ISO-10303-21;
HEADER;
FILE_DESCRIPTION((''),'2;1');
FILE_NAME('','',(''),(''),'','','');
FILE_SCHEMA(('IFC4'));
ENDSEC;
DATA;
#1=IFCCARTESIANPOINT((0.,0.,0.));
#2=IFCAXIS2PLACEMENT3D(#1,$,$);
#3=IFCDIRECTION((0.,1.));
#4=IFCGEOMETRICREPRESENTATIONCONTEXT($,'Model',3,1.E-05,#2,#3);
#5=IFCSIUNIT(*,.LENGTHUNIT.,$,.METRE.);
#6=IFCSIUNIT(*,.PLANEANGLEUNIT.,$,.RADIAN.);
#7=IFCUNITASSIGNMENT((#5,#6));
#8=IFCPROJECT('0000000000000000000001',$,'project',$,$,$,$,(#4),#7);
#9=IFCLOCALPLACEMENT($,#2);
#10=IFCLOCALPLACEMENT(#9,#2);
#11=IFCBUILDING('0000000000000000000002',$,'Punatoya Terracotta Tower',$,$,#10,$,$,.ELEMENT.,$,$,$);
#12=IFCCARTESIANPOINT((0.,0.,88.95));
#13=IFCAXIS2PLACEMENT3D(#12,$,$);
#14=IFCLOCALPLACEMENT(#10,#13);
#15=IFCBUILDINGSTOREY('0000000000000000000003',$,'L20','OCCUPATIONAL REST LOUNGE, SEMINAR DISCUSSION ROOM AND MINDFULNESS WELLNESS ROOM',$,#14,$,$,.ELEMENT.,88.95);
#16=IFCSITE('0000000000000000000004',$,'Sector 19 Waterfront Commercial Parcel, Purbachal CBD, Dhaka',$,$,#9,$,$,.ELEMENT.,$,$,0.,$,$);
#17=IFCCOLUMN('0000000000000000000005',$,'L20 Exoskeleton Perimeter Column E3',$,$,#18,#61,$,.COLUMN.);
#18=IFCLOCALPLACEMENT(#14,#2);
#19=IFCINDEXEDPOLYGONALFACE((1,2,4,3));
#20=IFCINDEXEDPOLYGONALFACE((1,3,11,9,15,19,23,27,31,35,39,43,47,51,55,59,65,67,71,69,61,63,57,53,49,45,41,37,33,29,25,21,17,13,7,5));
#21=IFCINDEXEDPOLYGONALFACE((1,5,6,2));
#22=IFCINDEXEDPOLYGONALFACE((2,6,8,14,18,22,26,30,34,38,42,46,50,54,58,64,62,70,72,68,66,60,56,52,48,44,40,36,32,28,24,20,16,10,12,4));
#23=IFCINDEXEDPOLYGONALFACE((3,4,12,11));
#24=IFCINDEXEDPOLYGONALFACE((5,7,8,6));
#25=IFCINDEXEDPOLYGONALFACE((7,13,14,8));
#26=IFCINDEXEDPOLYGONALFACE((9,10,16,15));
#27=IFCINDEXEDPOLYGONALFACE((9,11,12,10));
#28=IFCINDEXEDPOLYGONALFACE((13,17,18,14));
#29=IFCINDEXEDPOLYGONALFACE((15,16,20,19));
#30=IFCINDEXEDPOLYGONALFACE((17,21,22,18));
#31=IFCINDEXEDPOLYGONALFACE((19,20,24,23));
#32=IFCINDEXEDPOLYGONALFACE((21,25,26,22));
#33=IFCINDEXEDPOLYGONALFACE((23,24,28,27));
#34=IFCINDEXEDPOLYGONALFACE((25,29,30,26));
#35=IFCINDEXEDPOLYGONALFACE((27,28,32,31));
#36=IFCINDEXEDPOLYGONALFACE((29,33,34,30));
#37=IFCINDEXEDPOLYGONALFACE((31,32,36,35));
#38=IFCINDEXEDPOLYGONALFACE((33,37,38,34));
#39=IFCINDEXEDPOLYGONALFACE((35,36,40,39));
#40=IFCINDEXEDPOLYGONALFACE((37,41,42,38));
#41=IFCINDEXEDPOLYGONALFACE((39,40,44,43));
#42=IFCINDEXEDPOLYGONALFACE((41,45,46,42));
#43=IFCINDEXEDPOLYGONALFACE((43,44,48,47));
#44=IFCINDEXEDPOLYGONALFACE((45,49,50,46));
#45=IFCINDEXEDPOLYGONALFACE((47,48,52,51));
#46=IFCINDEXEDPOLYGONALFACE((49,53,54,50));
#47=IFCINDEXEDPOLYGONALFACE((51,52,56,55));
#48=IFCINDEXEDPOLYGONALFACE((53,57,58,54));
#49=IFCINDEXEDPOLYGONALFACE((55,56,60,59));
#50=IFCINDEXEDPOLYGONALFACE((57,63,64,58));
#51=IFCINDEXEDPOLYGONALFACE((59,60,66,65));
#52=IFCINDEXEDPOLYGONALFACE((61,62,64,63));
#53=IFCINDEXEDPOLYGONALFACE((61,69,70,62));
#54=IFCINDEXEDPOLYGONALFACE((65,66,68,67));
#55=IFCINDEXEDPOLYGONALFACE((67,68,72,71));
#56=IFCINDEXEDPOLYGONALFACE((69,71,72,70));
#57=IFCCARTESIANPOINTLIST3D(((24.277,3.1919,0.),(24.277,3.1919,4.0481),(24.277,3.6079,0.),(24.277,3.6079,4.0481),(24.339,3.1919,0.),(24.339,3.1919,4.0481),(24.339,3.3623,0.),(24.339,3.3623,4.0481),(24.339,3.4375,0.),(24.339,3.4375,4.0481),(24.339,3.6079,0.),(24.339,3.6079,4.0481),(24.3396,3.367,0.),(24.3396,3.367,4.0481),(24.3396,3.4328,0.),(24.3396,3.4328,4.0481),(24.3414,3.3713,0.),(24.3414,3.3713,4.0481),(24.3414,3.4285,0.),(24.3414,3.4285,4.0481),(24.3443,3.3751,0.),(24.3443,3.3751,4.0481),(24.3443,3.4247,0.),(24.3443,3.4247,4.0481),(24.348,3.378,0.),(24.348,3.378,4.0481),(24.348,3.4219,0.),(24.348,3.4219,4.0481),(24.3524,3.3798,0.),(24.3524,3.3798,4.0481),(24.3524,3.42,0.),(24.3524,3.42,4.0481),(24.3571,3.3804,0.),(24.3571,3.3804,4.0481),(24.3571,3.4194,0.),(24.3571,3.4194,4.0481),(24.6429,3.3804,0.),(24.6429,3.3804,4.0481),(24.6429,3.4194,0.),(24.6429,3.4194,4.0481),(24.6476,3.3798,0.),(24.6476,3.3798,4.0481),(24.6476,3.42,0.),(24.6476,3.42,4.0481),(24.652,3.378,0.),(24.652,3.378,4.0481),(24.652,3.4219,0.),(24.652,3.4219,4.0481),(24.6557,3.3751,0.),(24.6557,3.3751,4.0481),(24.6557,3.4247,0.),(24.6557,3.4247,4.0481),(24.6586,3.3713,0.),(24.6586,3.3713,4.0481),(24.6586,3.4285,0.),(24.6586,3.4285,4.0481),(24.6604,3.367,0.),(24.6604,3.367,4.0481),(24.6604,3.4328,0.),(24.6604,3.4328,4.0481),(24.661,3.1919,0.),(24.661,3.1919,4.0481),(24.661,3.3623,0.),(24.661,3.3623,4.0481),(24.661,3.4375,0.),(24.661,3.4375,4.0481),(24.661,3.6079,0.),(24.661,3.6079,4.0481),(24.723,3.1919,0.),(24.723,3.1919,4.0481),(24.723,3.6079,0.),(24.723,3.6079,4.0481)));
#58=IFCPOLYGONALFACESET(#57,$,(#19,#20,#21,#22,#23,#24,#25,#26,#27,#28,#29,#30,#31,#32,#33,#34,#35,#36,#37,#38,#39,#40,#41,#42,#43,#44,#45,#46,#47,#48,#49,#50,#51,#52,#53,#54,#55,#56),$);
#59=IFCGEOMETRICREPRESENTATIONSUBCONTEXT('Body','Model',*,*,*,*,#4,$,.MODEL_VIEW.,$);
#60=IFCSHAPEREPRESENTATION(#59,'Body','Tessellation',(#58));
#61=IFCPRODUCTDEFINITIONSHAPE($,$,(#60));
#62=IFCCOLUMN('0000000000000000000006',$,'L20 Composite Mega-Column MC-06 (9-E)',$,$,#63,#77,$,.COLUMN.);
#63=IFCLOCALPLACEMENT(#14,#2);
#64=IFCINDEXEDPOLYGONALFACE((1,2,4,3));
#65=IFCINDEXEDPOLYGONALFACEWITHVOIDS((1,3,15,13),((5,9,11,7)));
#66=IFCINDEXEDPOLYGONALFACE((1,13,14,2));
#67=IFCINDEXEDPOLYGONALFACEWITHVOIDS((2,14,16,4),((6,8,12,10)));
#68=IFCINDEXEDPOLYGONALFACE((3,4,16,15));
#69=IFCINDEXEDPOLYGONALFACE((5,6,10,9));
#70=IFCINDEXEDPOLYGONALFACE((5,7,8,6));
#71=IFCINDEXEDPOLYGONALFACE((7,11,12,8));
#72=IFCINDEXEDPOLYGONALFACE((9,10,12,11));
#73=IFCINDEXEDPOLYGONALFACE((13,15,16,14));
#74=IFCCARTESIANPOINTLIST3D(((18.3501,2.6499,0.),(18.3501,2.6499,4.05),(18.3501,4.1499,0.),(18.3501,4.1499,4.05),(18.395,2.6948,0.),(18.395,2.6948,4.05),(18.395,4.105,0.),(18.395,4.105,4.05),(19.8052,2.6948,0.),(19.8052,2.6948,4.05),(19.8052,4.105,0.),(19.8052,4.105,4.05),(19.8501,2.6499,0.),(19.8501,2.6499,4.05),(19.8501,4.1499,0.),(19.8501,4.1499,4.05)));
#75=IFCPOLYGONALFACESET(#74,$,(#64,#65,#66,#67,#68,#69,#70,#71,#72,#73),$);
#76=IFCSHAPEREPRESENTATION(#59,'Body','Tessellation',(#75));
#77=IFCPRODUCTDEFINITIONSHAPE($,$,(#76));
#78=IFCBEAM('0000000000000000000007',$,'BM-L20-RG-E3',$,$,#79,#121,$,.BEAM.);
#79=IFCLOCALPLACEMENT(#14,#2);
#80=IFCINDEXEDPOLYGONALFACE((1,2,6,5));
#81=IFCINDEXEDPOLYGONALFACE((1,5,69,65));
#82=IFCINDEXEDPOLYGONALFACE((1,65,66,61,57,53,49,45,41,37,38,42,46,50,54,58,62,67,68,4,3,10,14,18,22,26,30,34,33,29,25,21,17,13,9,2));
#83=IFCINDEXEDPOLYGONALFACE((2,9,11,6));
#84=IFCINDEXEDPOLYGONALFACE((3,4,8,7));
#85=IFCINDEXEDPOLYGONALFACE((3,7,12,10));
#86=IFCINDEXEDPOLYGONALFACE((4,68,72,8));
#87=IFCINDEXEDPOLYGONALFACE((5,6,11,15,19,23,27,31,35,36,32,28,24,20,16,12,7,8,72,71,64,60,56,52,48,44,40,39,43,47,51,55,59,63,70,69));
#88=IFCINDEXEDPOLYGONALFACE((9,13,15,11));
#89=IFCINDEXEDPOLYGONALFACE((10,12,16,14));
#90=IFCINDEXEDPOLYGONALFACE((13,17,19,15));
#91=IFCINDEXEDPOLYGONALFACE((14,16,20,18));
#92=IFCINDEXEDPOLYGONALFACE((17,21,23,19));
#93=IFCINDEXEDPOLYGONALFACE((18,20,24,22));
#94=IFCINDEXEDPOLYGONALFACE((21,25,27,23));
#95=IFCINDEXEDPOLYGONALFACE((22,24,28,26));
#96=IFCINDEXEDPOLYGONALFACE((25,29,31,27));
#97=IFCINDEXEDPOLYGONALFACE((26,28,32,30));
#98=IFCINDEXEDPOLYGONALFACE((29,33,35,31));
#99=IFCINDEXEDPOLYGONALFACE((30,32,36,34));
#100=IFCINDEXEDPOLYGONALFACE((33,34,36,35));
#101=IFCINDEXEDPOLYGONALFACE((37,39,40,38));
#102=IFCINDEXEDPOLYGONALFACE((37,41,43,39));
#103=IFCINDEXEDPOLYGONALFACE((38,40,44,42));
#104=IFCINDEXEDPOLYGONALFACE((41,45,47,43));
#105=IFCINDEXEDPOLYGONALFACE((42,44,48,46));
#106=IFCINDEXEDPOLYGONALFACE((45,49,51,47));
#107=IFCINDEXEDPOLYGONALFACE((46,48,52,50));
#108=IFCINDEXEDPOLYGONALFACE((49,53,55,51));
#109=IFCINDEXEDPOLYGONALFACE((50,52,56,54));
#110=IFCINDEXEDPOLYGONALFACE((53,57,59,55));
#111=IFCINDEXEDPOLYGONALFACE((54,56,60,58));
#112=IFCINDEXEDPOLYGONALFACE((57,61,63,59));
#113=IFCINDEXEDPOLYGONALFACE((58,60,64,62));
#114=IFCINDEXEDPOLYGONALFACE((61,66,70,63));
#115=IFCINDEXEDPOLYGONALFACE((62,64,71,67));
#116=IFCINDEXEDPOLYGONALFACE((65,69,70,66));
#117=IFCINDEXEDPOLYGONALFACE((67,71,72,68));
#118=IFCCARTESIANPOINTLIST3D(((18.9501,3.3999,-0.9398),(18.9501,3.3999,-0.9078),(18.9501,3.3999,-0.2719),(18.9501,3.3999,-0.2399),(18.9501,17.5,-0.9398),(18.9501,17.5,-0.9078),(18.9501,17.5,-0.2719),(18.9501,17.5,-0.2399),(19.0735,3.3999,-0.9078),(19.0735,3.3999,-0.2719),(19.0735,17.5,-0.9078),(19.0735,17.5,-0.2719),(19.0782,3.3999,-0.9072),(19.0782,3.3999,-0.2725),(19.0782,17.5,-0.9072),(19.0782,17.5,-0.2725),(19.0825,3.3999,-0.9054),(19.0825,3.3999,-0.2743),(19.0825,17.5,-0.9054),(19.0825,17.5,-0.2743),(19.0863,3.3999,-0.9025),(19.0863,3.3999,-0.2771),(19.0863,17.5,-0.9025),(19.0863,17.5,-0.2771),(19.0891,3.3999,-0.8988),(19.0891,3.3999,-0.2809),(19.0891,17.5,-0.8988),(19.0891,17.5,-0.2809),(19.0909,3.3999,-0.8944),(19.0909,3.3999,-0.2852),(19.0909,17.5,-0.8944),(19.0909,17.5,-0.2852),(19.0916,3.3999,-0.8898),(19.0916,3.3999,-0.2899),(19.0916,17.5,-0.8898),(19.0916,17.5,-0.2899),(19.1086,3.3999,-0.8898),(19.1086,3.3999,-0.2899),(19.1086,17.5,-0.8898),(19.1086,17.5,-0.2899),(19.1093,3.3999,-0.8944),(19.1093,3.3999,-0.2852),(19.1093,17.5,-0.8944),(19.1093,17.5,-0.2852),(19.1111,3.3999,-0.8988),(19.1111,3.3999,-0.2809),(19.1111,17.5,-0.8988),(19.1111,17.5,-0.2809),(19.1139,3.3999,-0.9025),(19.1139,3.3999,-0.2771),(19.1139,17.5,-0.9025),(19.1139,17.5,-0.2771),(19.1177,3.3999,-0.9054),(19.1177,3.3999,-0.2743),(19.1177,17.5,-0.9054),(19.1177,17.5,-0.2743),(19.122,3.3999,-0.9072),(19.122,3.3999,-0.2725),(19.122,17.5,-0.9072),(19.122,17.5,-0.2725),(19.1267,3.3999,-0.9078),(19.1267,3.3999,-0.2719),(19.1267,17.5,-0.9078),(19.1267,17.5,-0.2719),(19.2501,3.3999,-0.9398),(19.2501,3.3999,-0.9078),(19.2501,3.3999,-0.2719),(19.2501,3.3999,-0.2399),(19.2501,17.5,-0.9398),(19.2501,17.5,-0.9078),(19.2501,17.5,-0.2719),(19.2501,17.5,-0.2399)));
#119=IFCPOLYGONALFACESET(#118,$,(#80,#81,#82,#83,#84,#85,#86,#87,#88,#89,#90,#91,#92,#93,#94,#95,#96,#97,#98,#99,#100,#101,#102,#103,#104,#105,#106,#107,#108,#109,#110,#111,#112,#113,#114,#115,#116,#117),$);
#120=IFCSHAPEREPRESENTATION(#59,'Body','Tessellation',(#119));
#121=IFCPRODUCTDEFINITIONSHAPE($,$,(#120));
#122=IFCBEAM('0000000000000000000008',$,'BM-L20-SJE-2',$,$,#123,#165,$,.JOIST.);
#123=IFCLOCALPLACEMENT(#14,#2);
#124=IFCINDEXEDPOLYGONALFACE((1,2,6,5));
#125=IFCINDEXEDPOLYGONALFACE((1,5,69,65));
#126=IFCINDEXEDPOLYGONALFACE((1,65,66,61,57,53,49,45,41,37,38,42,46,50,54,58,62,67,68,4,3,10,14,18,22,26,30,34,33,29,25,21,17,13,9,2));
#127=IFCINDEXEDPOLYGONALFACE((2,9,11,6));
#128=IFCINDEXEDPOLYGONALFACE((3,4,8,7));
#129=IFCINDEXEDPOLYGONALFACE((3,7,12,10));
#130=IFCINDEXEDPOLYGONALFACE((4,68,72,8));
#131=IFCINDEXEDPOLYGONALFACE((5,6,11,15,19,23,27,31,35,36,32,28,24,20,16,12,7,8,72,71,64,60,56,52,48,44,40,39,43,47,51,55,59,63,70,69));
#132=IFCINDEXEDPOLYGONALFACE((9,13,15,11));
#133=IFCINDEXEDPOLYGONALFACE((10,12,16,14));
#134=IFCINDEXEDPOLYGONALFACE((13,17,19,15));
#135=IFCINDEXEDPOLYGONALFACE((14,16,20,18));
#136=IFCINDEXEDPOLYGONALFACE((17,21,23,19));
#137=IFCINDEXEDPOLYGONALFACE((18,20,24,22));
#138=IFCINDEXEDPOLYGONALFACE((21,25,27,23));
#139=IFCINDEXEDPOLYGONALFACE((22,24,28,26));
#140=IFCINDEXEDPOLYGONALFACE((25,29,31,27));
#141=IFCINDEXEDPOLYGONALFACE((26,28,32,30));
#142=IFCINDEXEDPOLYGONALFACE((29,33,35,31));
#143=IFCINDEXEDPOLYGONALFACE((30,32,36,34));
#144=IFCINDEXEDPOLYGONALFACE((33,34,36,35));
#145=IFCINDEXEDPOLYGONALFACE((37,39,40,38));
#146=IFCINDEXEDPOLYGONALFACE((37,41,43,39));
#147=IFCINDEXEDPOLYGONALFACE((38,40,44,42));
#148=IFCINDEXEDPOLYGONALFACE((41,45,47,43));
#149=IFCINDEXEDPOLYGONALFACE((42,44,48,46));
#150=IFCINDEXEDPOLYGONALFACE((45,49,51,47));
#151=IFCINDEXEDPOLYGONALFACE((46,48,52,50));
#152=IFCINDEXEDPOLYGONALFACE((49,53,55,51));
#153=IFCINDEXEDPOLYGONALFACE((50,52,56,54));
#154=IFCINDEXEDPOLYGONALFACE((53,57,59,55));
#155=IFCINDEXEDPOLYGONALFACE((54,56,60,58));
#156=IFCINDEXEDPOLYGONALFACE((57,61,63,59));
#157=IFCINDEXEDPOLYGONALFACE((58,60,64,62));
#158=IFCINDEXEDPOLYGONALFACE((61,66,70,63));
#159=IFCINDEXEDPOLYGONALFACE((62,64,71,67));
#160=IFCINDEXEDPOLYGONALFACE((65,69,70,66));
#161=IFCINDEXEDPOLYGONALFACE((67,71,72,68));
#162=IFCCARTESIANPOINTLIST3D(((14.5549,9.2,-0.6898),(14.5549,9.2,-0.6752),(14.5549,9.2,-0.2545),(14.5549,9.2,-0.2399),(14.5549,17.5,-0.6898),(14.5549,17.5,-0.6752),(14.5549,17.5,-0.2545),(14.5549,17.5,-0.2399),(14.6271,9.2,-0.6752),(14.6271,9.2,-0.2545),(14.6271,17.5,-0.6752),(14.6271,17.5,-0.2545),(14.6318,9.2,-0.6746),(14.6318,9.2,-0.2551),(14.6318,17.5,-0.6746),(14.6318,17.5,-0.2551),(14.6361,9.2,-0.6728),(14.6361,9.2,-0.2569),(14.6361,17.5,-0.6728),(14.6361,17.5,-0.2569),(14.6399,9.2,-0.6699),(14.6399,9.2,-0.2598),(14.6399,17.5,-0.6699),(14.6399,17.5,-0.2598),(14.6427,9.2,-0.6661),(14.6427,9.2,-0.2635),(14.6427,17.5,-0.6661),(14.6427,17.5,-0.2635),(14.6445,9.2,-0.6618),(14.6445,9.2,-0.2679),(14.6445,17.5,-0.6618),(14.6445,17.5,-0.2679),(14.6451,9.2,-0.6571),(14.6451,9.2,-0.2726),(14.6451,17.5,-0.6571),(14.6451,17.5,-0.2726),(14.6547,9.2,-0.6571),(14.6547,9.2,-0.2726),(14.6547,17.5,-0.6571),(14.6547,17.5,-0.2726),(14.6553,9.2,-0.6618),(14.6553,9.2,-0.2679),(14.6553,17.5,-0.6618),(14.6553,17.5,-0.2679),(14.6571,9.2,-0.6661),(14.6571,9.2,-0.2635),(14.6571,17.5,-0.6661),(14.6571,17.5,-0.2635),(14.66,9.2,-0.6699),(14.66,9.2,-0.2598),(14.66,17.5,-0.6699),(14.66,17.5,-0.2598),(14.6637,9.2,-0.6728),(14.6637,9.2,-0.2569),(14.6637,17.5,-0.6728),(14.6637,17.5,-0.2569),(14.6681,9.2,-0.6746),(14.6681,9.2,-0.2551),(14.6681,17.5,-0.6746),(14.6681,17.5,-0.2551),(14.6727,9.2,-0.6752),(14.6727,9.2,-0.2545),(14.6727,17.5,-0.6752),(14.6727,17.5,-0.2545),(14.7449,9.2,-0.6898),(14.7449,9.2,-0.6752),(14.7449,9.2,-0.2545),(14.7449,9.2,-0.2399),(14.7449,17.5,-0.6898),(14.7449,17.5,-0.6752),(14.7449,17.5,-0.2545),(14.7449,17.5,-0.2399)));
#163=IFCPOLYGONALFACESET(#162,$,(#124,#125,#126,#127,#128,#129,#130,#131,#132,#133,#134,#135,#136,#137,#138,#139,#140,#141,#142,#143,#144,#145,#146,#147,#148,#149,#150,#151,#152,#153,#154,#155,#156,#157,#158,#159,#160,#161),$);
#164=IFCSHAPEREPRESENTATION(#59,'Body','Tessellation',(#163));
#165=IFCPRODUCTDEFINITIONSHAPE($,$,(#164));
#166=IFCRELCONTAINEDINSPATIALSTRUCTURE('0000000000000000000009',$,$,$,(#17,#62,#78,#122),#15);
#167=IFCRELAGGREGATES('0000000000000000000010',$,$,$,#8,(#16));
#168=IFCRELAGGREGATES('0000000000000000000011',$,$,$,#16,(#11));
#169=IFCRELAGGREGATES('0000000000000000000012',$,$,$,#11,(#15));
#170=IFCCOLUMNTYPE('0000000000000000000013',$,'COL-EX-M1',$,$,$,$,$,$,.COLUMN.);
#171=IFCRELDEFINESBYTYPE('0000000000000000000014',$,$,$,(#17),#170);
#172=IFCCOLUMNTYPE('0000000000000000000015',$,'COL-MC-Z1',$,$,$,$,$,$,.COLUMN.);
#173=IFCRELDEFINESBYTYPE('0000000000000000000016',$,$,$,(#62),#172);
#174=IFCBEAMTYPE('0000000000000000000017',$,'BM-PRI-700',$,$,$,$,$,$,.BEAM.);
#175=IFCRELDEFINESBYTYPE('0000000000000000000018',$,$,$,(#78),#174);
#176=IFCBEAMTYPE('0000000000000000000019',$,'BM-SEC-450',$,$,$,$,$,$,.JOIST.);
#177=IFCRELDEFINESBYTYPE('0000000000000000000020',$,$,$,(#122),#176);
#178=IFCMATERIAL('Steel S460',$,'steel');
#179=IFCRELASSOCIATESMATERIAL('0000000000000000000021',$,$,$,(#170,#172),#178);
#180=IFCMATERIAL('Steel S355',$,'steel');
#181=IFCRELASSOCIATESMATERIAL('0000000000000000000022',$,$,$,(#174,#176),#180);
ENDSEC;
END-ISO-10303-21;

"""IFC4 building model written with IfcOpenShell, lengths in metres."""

from ifc_helpers import new_model, si_unit, direction, frame, origin, origin_2d, place, context, subcontext, project, spatial, hollow_rectangle, i_section, extrude, material, material_profile, profile_set, type_object, element, save


model = new_model("IFC4")

# Units and contexts
model_context = context("Model", 3, precision=1e-05, world=origin(), true_north=direction((0.0, 1.0)))
body_context = subcontext(model_context, "Body", "Model", "MODEL_VIEW")
ifc_project = project(units=[si_unit("LENGTHUNIT", "METRE"), si_unit("PLANEANGLEUNIT", "RADIAN")], contexts=[model_context])

# Site, building, storey
site_placement = place(None, origin())
site = spatial("IfcSite", under=ifc_project, at=site_placement, Name="Sector 19 Waterfront Commercial Parcel, Purbachal CBD, Dhaka", CompositionType="ELEMENT", RefElevation=0.0)
building_placement = place(site_placement, origin())
building = spatial("IfcBuilding", under=site, at=building_placement, Name="Punatoya Terracotta Tower", CompositionType="ELEMENT")
storey_placement = place(building_placement, frame((0.0, 0.0, 88.95)))
storey = spatial("IfcBuildingStorey", under=building, at=storey_placement, Name="L20", Description="OCCUPATIONAL REST LOUNGE, SEMINAR DISCUSSION ROOM AND MINDFULNESS WELLNESS ROOM", CompositionType="ELEMENT", Elevation=88.95)

# Columns
ifc_material_1 = material(Name="Steel S460", Category="steel")
ifc_material_profile_1 = material_profile(ifc_material_1, i_section(OverallWidth=0.416, OverallDepth=0.446, WebThickness=0.0391, FlangeThickness=0.062, FilletRadius=0.0181, at=origin_2d()))
ifc_profile_set_1 = profile_set([ifc_material_profile_1], Name="Steel S460")
column_type_1 = type_object("IfcColumnType", Name="COL-EX-M1", PredefinedType="COLUMN", material=ifc_profile_set_1)
column_1_placement = place(storey_placement, frame((24.5, 3.3999, 0.0), z_axis=(0.0, 0.0, 1.0), x_axis=(0.0, 1.0, 0.0)))
element("IfcColumn", 1, at=column_1_placement, inside=storey, type_object=column_type_1, Name="L20 Exoskeleton Perimeter Column E3", PredefinedType="COLUMN", context=body_context, shape_type="SweptSolid", body=[
    extrude(i_section(OverallWidth=0.416, OverallDepth=0.446, WebThickness=0.0391, FlangeThickness=0.062, FilletRadius=0.0181, at=origin_2d()), origin(), (0.0, 0.0, 1.0), 4.0481),
])
ifc_material_profile_2 = material_profile(ifc_material_1, hollow_rectangle(XDim=1.5, YDim=1.5, WallThickness=0.0449, at=origin_2d()))
ifc_profile_set_2 = profile_set([ifc_material_profile_2], Name="Steel S460")
column_type_2 = type_object("IfcColumnType", Name="COL-MC-Z1", PredefinedType="COLUMN", material=ifc_profile_set_2)
column_2_placement = place(storey_placement, frame((19.1001, 3.3999, 0.0), z_axis=(0.0, 0.0, 1.0), x_axis=(1.0, 0.0, 0.0)))
element("IfcColumn", 2, at=column_2_placement, inside=storey, type_object=column_type_2, Name="L20 Composite Mega-Column MC-06 (9-E)", PredefinedType="COLUMN", context=body_context, shape_type="SweptSolid", body=[
    extrude(hollow_rectangle(XDim=1.5, YDim=1.5, WallThickness=0.0449, at=origin_2d()), origin(), (0.0, 0.0, 1.0), 4.05),
])

# Beams
ifc_material_2 = material(Name="Steel S355", Category="steel")
ifc_material_profile_3 = material_profile(ifc_material_2, i_section(OverallWidth=0.3, OverallDepth=0.7, WebThickness=0.0171, FlangeThickness=0.032, FilletRadius=0.0181, at=origin_2d()))
ifc_profile_set_3 = profile_set([ifc_material_profile_3], Name="Steel S355")
beam_type_1 = type_object("IfcBeamType", Name="BM-PRI-700", PredefinedType="BEAM", material=ifc_profile_set_3)
beam_1_placement = place(storey_placement, frame((19.1001, 3.3999, -0.5898), z_axis=(0.0, 1.0, 0.0), x_axis=(-1.0, 0.0, 0.0)))
element("IfcBeam", 3, at=beam_1_placement, inside=storey, type_object=beam_type_1, Name="BM-L20-RG-E3", PredefinedType="BEAM", context=body_context, shape_type="SweptSolid", body=[
    extrude(i_section(OverallWidth=0.3, OverallDepth=0.7, WebThickness=0.0171, FlangeThickness=0.032, FilletRadius=0.0181, at=origin_2d()), origin(), (0.0, 0.0, 1.0), 14.1001),
])
ifc_material_profile_4 = material_profile(ifc_material_2, i_section(OverallWidth=0.1899, OverallDepth=0.45, WebThickness=0.0095, FlangeThickness=0.0146, FilletRadius=0.0181, at=origin_2d()))
ifc_profile_set_4 = profile_set([ifc_material_profile_4], Name="Steel S355")
beam_type_2 = type_object("IfcBeamType", Name="BM-SEC-450", PredefinedType="JOIST", material=ifc_profile_set_4)
beam_2_placement = place(storey_placement, frame((14.6499, 9.2, -0.4648), z_axis=(0.0, 1.0, 0.0), x_axis=(-1.0, 0.0, 0.0)))
element("IfcBeam", 4, at=beam_2_placement, inside=storey, type_object=beam_type_2, Name="BM-L20-SJE-2", PredefinedType="JOIST", context=body_context, shape_type="SweptSolid", body=[
    extrude(i_section(OverallWidth=0.1899, OverallDepth=0.45, WebThickness=0.0095, FlangeThickness=0.0146, FilletRadius=0.0181, at=origin_2d()), origin(), (0.0, 0.0, 1.0), 8.3),
])

save(model, "model.ifc")
